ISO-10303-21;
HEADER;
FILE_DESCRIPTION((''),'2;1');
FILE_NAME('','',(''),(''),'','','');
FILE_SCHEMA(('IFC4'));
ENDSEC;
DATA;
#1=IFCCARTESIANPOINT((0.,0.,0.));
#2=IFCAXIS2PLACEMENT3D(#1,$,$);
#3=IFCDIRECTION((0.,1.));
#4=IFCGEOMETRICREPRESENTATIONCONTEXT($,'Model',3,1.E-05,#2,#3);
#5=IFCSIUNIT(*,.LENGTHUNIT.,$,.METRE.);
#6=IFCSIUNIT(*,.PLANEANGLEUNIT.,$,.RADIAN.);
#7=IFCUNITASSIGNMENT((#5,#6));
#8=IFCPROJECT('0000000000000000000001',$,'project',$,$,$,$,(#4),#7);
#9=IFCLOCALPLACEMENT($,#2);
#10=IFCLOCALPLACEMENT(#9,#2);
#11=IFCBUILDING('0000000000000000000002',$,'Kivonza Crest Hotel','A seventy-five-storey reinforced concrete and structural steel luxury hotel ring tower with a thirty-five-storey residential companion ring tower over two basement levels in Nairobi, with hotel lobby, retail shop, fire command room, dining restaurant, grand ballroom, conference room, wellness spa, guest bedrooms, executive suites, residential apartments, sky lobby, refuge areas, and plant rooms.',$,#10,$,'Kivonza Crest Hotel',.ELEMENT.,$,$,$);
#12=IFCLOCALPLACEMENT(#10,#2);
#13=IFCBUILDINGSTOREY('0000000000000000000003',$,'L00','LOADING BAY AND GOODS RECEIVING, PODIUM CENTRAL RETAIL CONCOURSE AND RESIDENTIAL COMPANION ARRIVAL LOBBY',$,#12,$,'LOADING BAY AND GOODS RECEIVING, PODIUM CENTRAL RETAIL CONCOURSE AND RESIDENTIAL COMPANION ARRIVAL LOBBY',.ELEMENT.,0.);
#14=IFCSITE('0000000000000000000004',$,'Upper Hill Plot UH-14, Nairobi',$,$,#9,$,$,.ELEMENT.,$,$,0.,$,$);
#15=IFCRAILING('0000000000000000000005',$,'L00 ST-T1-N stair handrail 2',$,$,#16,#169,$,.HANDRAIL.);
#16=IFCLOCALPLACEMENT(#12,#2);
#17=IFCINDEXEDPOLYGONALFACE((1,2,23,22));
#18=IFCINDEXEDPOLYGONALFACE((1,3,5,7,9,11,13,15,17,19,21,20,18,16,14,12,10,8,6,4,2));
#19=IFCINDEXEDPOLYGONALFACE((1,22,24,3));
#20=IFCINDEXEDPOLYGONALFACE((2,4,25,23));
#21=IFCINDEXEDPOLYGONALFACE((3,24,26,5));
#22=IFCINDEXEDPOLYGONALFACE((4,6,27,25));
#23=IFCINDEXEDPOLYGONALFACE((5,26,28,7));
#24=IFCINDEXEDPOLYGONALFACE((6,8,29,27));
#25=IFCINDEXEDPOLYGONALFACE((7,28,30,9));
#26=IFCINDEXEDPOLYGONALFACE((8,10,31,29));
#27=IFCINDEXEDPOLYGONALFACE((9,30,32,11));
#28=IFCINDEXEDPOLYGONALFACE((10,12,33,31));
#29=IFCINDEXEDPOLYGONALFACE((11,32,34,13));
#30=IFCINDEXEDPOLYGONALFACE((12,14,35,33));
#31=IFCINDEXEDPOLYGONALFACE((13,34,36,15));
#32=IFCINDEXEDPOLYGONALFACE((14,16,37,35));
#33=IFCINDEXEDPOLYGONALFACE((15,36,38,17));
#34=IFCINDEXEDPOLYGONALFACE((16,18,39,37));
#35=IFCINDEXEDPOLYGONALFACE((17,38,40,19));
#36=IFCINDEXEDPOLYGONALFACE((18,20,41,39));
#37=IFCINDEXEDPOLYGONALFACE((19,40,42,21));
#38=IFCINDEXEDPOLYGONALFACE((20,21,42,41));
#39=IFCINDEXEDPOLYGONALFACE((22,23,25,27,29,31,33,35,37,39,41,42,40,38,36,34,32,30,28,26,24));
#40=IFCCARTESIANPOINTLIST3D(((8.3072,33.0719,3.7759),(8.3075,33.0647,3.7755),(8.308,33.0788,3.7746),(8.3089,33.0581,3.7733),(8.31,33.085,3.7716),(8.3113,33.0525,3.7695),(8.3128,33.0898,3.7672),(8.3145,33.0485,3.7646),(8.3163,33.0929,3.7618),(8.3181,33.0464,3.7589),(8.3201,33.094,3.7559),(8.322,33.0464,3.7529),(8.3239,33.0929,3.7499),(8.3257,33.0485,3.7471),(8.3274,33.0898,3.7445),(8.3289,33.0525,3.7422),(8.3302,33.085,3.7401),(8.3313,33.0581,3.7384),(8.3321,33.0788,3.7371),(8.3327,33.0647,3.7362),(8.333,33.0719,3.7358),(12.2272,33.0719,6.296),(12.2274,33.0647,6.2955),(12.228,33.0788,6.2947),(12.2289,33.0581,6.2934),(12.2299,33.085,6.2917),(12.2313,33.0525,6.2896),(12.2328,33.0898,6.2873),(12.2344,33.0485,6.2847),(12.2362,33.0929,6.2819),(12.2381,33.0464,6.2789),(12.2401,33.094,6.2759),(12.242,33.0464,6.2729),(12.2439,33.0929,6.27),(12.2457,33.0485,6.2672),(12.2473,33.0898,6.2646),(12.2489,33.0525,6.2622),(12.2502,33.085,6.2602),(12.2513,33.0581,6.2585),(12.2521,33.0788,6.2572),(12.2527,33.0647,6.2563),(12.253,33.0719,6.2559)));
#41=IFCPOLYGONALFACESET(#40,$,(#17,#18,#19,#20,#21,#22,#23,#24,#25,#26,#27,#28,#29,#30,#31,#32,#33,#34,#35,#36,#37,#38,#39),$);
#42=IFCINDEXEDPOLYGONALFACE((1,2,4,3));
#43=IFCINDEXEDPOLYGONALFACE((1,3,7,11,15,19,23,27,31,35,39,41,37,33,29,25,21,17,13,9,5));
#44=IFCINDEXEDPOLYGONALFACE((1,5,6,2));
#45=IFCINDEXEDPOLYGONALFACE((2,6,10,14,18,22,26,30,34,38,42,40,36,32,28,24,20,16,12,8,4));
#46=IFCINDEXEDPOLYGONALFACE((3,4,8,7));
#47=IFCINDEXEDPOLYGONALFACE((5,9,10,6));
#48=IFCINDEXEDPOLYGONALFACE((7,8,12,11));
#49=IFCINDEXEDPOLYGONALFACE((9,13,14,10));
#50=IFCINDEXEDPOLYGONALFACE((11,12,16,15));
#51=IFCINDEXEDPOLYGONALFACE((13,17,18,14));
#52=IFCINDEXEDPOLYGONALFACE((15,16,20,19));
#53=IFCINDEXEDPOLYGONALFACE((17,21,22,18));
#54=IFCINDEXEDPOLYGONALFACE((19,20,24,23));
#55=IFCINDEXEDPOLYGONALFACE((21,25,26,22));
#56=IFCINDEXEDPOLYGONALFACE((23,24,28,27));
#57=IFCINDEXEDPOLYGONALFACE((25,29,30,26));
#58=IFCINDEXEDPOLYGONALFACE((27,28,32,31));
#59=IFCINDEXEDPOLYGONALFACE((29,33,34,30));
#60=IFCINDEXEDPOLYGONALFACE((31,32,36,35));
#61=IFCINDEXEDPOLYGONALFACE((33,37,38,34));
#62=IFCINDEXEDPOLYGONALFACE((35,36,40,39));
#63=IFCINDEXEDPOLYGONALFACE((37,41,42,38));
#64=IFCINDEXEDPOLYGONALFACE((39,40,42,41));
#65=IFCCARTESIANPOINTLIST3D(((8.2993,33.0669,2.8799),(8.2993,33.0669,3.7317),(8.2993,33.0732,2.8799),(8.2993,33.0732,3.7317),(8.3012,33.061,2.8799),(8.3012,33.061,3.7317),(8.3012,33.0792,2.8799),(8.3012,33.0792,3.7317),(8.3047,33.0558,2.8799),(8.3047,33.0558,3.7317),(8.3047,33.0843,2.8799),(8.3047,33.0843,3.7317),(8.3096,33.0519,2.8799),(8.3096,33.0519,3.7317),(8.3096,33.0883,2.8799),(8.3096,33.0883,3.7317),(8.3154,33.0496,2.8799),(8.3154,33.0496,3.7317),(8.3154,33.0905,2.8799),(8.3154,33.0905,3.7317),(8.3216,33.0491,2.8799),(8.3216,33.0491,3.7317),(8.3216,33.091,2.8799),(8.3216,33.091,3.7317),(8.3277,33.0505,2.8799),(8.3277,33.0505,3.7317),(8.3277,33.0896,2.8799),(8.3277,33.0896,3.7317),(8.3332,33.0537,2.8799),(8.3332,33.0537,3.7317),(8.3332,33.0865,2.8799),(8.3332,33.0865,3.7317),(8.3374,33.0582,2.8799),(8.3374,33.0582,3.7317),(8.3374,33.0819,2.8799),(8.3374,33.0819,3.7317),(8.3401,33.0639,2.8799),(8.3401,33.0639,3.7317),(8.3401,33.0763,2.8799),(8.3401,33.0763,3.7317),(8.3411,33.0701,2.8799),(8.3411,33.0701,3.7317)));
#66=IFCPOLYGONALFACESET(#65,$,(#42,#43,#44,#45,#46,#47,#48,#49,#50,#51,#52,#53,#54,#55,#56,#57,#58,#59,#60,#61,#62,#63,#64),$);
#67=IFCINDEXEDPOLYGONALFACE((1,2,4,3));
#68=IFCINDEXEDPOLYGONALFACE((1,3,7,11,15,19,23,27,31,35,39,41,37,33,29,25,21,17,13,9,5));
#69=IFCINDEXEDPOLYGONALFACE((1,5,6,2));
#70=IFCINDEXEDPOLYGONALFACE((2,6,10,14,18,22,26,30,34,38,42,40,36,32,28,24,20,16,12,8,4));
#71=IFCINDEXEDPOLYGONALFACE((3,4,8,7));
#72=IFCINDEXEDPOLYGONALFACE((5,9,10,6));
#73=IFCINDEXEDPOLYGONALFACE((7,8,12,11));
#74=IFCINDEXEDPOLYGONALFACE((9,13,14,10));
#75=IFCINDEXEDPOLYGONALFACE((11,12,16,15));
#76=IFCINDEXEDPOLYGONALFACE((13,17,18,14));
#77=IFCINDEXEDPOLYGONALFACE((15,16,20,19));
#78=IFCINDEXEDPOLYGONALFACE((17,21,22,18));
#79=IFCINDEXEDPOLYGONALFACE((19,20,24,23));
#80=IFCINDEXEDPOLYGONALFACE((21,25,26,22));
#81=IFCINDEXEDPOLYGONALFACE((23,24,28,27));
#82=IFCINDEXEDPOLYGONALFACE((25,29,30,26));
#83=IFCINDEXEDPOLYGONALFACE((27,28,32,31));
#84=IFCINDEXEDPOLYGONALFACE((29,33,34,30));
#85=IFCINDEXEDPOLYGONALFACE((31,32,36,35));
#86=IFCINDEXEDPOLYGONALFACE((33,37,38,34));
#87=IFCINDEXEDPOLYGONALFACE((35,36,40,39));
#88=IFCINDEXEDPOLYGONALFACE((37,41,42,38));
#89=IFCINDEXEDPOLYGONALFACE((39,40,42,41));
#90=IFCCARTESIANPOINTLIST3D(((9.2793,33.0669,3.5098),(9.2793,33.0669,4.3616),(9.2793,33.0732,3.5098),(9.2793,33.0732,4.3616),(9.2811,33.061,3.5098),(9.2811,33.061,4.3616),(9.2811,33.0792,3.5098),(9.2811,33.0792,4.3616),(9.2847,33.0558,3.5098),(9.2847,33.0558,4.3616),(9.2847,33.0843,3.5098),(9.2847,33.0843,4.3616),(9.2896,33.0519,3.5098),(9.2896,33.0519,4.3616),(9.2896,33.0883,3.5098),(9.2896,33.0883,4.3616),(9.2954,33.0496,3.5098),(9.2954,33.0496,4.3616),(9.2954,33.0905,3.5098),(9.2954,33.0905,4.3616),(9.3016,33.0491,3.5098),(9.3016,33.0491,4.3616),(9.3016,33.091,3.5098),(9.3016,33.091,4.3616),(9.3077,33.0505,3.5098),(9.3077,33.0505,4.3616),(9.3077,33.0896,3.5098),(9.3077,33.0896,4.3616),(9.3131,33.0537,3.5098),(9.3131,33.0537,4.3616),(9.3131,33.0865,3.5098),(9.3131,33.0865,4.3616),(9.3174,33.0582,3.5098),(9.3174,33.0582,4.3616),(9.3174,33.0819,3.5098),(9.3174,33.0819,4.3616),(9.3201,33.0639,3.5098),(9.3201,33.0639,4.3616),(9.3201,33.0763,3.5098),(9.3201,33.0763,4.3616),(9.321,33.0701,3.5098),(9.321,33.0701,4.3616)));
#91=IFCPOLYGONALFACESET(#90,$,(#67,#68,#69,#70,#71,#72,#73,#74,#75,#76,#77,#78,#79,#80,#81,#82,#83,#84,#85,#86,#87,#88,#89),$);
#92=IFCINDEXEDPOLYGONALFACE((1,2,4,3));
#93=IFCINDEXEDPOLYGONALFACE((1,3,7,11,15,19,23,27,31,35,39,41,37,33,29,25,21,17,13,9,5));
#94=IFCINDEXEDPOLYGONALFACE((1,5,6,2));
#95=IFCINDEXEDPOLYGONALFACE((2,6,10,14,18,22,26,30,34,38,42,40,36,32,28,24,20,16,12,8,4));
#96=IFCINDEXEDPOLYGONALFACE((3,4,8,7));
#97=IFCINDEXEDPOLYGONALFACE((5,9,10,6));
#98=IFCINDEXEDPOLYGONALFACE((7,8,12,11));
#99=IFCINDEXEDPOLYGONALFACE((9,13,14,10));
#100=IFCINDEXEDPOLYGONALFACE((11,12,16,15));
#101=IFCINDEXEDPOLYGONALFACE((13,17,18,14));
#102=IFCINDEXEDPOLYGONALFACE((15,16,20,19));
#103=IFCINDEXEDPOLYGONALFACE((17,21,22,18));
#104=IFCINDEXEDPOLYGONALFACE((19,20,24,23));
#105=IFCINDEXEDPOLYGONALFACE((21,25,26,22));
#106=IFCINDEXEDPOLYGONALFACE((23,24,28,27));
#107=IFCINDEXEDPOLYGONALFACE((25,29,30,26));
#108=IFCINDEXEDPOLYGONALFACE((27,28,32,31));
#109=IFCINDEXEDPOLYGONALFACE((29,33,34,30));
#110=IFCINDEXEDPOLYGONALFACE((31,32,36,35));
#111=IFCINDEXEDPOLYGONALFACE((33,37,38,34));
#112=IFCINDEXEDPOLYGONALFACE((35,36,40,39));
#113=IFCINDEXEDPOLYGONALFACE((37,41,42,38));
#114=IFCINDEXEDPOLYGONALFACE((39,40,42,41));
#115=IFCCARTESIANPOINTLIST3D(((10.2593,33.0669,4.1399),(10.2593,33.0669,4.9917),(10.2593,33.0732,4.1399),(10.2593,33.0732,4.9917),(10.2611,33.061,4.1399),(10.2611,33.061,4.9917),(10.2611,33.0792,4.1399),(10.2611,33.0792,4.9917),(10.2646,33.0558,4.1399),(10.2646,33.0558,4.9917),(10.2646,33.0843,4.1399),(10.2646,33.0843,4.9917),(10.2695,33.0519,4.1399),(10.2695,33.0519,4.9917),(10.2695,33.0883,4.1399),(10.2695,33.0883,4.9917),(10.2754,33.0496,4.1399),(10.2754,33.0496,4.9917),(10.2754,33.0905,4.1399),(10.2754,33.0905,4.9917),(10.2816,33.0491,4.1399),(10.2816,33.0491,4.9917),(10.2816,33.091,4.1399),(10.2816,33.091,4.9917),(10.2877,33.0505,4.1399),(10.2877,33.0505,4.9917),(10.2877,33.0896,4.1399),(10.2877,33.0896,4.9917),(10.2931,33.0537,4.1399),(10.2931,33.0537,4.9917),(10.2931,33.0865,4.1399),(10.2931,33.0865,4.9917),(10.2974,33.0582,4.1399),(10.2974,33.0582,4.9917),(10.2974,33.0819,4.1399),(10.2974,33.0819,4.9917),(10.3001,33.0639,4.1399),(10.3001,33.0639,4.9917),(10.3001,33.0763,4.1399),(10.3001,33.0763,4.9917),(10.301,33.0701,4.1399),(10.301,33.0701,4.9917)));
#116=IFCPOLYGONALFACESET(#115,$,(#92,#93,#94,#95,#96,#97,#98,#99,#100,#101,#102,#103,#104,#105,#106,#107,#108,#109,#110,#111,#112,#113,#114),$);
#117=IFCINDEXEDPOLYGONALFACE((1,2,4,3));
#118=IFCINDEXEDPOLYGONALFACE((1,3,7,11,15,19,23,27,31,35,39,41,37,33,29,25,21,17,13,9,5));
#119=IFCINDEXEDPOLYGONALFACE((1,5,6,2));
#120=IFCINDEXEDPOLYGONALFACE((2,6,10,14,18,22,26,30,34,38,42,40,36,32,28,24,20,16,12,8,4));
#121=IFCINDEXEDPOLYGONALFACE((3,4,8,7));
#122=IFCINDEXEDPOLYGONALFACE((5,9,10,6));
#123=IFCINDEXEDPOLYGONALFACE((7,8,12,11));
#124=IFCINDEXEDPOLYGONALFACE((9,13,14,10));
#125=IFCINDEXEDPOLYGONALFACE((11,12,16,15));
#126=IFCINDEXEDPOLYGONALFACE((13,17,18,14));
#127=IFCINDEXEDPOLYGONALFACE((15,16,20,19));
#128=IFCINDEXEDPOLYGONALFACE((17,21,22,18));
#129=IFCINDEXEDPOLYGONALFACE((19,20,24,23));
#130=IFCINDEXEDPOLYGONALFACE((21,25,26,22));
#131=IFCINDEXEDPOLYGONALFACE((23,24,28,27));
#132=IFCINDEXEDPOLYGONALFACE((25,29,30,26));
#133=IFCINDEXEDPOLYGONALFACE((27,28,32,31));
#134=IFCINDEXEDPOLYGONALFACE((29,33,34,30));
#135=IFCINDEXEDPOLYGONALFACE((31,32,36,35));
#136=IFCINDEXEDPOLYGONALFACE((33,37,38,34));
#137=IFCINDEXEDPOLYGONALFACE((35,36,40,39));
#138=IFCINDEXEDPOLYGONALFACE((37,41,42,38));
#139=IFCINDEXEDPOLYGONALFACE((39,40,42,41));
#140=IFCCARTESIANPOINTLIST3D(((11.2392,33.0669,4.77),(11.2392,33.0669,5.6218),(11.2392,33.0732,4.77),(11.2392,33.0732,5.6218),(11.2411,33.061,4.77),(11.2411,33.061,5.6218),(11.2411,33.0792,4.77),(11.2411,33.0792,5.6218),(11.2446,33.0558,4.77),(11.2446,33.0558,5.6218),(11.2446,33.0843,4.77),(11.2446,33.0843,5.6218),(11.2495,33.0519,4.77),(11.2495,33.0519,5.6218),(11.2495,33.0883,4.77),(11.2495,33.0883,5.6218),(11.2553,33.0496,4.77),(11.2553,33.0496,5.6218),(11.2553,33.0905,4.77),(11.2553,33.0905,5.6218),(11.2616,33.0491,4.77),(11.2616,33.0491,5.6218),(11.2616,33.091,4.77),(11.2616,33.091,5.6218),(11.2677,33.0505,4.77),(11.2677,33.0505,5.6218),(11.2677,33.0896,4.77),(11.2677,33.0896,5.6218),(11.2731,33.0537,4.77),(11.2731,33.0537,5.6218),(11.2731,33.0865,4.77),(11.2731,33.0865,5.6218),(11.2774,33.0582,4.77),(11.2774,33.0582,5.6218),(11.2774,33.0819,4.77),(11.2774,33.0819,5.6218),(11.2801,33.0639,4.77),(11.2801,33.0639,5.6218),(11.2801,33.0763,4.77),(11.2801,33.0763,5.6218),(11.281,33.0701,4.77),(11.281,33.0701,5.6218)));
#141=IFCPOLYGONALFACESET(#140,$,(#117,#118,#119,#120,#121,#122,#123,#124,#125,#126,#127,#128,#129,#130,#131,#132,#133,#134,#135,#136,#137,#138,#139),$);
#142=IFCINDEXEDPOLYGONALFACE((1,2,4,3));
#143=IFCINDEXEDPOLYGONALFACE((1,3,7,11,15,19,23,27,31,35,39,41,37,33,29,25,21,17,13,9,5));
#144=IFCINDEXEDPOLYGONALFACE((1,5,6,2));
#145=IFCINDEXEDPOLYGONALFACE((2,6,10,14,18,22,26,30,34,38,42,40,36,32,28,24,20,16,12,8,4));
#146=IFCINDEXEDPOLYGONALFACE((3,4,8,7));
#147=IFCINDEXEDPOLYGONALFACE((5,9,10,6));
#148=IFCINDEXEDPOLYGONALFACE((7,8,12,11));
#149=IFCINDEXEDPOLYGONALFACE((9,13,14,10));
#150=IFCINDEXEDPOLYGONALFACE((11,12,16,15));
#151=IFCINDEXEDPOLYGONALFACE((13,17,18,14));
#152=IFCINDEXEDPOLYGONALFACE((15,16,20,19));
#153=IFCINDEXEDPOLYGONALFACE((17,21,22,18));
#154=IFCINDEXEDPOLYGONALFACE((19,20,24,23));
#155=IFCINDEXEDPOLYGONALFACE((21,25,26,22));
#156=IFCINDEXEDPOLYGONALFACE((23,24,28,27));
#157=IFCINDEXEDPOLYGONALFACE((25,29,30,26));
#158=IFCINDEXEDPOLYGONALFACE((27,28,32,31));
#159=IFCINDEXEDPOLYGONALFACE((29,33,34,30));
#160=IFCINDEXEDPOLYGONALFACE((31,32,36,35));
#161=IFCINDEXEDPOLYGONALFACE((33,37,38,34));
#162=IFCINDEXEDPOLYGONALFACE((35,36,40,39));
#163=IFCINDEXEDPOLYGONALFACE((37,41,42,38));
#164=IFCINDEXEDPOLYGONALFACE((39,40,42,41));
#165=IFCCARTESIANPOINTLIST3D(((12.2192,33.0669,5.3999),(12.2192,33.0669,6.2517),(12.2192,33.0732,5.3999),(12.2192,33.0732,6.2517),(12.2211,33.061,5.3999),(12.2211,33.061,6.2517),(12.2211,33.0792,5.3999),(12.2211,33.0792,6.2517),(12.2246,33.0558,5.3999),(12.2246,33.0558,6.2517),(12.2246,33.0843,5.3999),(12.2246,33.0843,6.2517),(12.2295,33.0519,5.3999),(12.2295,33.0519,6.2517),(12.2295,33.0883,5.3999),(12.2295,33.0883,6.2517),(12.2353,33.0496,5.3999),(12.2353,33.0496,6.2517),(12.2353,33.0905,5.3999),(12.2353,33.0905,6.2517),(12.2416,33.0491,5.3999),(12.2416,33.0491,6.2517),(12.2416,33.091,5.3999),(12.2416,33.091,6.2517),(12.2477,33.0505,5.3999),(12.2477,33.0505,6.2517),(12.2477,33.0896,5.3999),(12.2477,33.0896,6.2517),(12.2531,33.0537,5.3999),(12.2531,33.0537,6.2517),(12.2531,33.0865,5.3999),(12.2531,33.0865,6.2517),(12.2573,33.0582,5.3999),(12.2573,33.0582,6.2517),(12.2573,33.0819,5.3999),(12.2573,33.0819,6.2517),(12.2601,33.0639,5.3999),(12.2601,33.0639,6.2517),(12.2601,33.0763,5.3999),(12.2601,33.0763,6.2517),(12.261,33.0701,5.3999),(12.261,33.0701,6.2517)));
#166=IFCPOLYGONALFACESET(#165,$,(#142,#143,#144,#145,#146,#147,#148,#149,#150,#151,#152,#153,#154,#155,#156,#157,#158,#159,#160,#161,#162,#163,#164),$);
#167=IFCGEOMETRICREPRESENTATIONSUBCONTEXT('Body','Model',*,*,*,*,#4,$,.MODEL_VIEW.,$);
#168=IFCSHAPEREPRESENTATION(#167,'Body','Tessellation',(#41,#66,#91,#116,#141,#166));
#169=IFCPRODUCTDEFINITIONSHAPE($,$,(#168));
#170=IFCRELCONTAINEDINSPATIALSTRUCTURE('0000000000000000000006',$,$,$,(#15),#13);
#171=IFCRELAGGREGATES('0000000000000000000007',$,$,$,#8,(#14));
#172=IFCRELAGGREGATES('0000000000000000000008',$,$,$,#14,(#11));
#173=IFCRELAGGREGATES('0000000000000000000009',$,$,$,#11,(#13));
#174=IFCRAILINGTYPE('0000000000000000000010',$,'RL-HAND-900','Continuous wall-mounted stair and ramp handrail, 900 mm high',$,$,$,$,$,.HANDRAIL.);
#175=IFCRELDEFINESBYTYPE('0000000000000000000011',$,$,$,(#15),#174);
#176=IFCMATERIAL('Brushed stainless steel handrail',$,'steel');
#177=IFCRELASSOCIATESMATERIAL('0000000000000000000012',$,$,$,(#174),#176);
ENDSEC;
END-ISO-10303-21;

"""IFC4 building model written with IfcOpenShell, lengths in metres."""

from ifc_helpers import new_model, si_unit, direction, frame, origin, origin_2d, place, context, subcontext, project, spatial, circle, extrude, material, type_object, element, save


model = new_model("IFC4")

# Units and contexts
model_context = context("Model", 3, precision=1e-05, world=origin(), true_north=direction((0.0, 1.0)))
body_context = subcontext(model_context, "Body", "Model", "MODEL_VIEW")
ifc_project = project(units=[si_unit("LENGTHUNIT", "METRE"), si_unit("PLANEANGLEUNIT", "RADIAN")], contexts=[model_context])

# Site, building, storey
site_placement = place(None, origin())
site = spatial("IfcSite", under=ifc_project, at=site_placement, Name="Upper Hill Plot UH-14, Nairobi", CompositionType="ELEMENT", RefElevation=0.0)
building_placement = place(site_placement, origin())
building = spatial("IfcBuilding", under=site, at=building_placement, Name="Kivonza Crest Hotel", Description="A seventy-five-storey reinforced concrete and structural steel luxury hotel ring tower with a thirty-five-storey residential companion ring tower over two basement levels in Nairobi, with hotel lobby, retail shop, fire command room, dining restaurant, grand ballroom, conference room, wellness spa, guest bedrooms, executive suites, residential apartments, sky lobby, refuge areas, and plant rooms.", LongName="Kivonza Crest Hotel", CompositionType="ELEMENT")
storey_placement = place(building_placement, origin())
storey = spatial("IfcBuildingStorey", under=building, at=storey_placement, Name="L00", Description="LOADING BAY AND GOODS RECEIVING, PODIUM CENTRAL RETAIL CONCOURSE AND RESIDENTIAL COMPANION ARRIVAL LOBBY", LongName="LOADING BAY AND GOODS RECEIVING, PODIUM CENTRAL RETAIL CONCOURSE AND RESIDENTIAL COMPANION ARRIVAL LOBBY", CompositionType="ELEMENT", Elevation=0.0)

# Railing
ifc_material_1 = material(Name="Brushed stainless steel handrail", Category="steel")
railing_type_1 = type_object("IfcRailingType", Name="RL-HAND-900", Description="Continuous wall-mounted stair and ramp handrail, 900 mm high", PredefinedType="HANDRAIL", material=ifc_material_1)
railing_1_placement = place(storey_placement, frame((8.3201, 33.0701, 2.8799)))
element("IfcRailing", 1, at=railing_1_placement, inside=storey, type_object=railing_type_1, Name="L00 ST-T1-N stair handrail 2", PredefinedType="HANDRAIL", context=body_context, shape_type="SweptSolid", body=[
    extrude(circle(Radius=0.0239, at=origin_2d()), frame((0.0, 0.0, 0.876), z_axis=(0.841172, 0.0, 0.540768), x_axis=(0.0, 1.0, 0.0)), (0.0, 0.0, 1.0), 4.6602),
    extrude(circle(Radius=0.021, at=origin_2d()), origin(), (0.0, 0.0, 1.0), 0.8518),
    extrude(circle(Radius=0.021, at=origin_2d()), frame((0.98, 0.0, 0.6299)), (0.0, 0.0, 1.0), 0.8518),
    extrude(circle(Radius=0.021, at=origin_2d()), frame((1.96, 0.0, 1.26)), (0.0, 0.0, 1.0), 0.8518),
    extrude(circle(Radius=0.021, at=origin_2d()), frame((2.9399, 0.0, 1.8901)), (0.0, 0.0, 1.0), 0.8518),
    extrude(circle(Radius=0.021, at=origin_2d()), frame((3.9199, 0.0, 2.52)), (0.0, 0.0, 1.0), 0.8518),
])

save(model, "model.ifc")
